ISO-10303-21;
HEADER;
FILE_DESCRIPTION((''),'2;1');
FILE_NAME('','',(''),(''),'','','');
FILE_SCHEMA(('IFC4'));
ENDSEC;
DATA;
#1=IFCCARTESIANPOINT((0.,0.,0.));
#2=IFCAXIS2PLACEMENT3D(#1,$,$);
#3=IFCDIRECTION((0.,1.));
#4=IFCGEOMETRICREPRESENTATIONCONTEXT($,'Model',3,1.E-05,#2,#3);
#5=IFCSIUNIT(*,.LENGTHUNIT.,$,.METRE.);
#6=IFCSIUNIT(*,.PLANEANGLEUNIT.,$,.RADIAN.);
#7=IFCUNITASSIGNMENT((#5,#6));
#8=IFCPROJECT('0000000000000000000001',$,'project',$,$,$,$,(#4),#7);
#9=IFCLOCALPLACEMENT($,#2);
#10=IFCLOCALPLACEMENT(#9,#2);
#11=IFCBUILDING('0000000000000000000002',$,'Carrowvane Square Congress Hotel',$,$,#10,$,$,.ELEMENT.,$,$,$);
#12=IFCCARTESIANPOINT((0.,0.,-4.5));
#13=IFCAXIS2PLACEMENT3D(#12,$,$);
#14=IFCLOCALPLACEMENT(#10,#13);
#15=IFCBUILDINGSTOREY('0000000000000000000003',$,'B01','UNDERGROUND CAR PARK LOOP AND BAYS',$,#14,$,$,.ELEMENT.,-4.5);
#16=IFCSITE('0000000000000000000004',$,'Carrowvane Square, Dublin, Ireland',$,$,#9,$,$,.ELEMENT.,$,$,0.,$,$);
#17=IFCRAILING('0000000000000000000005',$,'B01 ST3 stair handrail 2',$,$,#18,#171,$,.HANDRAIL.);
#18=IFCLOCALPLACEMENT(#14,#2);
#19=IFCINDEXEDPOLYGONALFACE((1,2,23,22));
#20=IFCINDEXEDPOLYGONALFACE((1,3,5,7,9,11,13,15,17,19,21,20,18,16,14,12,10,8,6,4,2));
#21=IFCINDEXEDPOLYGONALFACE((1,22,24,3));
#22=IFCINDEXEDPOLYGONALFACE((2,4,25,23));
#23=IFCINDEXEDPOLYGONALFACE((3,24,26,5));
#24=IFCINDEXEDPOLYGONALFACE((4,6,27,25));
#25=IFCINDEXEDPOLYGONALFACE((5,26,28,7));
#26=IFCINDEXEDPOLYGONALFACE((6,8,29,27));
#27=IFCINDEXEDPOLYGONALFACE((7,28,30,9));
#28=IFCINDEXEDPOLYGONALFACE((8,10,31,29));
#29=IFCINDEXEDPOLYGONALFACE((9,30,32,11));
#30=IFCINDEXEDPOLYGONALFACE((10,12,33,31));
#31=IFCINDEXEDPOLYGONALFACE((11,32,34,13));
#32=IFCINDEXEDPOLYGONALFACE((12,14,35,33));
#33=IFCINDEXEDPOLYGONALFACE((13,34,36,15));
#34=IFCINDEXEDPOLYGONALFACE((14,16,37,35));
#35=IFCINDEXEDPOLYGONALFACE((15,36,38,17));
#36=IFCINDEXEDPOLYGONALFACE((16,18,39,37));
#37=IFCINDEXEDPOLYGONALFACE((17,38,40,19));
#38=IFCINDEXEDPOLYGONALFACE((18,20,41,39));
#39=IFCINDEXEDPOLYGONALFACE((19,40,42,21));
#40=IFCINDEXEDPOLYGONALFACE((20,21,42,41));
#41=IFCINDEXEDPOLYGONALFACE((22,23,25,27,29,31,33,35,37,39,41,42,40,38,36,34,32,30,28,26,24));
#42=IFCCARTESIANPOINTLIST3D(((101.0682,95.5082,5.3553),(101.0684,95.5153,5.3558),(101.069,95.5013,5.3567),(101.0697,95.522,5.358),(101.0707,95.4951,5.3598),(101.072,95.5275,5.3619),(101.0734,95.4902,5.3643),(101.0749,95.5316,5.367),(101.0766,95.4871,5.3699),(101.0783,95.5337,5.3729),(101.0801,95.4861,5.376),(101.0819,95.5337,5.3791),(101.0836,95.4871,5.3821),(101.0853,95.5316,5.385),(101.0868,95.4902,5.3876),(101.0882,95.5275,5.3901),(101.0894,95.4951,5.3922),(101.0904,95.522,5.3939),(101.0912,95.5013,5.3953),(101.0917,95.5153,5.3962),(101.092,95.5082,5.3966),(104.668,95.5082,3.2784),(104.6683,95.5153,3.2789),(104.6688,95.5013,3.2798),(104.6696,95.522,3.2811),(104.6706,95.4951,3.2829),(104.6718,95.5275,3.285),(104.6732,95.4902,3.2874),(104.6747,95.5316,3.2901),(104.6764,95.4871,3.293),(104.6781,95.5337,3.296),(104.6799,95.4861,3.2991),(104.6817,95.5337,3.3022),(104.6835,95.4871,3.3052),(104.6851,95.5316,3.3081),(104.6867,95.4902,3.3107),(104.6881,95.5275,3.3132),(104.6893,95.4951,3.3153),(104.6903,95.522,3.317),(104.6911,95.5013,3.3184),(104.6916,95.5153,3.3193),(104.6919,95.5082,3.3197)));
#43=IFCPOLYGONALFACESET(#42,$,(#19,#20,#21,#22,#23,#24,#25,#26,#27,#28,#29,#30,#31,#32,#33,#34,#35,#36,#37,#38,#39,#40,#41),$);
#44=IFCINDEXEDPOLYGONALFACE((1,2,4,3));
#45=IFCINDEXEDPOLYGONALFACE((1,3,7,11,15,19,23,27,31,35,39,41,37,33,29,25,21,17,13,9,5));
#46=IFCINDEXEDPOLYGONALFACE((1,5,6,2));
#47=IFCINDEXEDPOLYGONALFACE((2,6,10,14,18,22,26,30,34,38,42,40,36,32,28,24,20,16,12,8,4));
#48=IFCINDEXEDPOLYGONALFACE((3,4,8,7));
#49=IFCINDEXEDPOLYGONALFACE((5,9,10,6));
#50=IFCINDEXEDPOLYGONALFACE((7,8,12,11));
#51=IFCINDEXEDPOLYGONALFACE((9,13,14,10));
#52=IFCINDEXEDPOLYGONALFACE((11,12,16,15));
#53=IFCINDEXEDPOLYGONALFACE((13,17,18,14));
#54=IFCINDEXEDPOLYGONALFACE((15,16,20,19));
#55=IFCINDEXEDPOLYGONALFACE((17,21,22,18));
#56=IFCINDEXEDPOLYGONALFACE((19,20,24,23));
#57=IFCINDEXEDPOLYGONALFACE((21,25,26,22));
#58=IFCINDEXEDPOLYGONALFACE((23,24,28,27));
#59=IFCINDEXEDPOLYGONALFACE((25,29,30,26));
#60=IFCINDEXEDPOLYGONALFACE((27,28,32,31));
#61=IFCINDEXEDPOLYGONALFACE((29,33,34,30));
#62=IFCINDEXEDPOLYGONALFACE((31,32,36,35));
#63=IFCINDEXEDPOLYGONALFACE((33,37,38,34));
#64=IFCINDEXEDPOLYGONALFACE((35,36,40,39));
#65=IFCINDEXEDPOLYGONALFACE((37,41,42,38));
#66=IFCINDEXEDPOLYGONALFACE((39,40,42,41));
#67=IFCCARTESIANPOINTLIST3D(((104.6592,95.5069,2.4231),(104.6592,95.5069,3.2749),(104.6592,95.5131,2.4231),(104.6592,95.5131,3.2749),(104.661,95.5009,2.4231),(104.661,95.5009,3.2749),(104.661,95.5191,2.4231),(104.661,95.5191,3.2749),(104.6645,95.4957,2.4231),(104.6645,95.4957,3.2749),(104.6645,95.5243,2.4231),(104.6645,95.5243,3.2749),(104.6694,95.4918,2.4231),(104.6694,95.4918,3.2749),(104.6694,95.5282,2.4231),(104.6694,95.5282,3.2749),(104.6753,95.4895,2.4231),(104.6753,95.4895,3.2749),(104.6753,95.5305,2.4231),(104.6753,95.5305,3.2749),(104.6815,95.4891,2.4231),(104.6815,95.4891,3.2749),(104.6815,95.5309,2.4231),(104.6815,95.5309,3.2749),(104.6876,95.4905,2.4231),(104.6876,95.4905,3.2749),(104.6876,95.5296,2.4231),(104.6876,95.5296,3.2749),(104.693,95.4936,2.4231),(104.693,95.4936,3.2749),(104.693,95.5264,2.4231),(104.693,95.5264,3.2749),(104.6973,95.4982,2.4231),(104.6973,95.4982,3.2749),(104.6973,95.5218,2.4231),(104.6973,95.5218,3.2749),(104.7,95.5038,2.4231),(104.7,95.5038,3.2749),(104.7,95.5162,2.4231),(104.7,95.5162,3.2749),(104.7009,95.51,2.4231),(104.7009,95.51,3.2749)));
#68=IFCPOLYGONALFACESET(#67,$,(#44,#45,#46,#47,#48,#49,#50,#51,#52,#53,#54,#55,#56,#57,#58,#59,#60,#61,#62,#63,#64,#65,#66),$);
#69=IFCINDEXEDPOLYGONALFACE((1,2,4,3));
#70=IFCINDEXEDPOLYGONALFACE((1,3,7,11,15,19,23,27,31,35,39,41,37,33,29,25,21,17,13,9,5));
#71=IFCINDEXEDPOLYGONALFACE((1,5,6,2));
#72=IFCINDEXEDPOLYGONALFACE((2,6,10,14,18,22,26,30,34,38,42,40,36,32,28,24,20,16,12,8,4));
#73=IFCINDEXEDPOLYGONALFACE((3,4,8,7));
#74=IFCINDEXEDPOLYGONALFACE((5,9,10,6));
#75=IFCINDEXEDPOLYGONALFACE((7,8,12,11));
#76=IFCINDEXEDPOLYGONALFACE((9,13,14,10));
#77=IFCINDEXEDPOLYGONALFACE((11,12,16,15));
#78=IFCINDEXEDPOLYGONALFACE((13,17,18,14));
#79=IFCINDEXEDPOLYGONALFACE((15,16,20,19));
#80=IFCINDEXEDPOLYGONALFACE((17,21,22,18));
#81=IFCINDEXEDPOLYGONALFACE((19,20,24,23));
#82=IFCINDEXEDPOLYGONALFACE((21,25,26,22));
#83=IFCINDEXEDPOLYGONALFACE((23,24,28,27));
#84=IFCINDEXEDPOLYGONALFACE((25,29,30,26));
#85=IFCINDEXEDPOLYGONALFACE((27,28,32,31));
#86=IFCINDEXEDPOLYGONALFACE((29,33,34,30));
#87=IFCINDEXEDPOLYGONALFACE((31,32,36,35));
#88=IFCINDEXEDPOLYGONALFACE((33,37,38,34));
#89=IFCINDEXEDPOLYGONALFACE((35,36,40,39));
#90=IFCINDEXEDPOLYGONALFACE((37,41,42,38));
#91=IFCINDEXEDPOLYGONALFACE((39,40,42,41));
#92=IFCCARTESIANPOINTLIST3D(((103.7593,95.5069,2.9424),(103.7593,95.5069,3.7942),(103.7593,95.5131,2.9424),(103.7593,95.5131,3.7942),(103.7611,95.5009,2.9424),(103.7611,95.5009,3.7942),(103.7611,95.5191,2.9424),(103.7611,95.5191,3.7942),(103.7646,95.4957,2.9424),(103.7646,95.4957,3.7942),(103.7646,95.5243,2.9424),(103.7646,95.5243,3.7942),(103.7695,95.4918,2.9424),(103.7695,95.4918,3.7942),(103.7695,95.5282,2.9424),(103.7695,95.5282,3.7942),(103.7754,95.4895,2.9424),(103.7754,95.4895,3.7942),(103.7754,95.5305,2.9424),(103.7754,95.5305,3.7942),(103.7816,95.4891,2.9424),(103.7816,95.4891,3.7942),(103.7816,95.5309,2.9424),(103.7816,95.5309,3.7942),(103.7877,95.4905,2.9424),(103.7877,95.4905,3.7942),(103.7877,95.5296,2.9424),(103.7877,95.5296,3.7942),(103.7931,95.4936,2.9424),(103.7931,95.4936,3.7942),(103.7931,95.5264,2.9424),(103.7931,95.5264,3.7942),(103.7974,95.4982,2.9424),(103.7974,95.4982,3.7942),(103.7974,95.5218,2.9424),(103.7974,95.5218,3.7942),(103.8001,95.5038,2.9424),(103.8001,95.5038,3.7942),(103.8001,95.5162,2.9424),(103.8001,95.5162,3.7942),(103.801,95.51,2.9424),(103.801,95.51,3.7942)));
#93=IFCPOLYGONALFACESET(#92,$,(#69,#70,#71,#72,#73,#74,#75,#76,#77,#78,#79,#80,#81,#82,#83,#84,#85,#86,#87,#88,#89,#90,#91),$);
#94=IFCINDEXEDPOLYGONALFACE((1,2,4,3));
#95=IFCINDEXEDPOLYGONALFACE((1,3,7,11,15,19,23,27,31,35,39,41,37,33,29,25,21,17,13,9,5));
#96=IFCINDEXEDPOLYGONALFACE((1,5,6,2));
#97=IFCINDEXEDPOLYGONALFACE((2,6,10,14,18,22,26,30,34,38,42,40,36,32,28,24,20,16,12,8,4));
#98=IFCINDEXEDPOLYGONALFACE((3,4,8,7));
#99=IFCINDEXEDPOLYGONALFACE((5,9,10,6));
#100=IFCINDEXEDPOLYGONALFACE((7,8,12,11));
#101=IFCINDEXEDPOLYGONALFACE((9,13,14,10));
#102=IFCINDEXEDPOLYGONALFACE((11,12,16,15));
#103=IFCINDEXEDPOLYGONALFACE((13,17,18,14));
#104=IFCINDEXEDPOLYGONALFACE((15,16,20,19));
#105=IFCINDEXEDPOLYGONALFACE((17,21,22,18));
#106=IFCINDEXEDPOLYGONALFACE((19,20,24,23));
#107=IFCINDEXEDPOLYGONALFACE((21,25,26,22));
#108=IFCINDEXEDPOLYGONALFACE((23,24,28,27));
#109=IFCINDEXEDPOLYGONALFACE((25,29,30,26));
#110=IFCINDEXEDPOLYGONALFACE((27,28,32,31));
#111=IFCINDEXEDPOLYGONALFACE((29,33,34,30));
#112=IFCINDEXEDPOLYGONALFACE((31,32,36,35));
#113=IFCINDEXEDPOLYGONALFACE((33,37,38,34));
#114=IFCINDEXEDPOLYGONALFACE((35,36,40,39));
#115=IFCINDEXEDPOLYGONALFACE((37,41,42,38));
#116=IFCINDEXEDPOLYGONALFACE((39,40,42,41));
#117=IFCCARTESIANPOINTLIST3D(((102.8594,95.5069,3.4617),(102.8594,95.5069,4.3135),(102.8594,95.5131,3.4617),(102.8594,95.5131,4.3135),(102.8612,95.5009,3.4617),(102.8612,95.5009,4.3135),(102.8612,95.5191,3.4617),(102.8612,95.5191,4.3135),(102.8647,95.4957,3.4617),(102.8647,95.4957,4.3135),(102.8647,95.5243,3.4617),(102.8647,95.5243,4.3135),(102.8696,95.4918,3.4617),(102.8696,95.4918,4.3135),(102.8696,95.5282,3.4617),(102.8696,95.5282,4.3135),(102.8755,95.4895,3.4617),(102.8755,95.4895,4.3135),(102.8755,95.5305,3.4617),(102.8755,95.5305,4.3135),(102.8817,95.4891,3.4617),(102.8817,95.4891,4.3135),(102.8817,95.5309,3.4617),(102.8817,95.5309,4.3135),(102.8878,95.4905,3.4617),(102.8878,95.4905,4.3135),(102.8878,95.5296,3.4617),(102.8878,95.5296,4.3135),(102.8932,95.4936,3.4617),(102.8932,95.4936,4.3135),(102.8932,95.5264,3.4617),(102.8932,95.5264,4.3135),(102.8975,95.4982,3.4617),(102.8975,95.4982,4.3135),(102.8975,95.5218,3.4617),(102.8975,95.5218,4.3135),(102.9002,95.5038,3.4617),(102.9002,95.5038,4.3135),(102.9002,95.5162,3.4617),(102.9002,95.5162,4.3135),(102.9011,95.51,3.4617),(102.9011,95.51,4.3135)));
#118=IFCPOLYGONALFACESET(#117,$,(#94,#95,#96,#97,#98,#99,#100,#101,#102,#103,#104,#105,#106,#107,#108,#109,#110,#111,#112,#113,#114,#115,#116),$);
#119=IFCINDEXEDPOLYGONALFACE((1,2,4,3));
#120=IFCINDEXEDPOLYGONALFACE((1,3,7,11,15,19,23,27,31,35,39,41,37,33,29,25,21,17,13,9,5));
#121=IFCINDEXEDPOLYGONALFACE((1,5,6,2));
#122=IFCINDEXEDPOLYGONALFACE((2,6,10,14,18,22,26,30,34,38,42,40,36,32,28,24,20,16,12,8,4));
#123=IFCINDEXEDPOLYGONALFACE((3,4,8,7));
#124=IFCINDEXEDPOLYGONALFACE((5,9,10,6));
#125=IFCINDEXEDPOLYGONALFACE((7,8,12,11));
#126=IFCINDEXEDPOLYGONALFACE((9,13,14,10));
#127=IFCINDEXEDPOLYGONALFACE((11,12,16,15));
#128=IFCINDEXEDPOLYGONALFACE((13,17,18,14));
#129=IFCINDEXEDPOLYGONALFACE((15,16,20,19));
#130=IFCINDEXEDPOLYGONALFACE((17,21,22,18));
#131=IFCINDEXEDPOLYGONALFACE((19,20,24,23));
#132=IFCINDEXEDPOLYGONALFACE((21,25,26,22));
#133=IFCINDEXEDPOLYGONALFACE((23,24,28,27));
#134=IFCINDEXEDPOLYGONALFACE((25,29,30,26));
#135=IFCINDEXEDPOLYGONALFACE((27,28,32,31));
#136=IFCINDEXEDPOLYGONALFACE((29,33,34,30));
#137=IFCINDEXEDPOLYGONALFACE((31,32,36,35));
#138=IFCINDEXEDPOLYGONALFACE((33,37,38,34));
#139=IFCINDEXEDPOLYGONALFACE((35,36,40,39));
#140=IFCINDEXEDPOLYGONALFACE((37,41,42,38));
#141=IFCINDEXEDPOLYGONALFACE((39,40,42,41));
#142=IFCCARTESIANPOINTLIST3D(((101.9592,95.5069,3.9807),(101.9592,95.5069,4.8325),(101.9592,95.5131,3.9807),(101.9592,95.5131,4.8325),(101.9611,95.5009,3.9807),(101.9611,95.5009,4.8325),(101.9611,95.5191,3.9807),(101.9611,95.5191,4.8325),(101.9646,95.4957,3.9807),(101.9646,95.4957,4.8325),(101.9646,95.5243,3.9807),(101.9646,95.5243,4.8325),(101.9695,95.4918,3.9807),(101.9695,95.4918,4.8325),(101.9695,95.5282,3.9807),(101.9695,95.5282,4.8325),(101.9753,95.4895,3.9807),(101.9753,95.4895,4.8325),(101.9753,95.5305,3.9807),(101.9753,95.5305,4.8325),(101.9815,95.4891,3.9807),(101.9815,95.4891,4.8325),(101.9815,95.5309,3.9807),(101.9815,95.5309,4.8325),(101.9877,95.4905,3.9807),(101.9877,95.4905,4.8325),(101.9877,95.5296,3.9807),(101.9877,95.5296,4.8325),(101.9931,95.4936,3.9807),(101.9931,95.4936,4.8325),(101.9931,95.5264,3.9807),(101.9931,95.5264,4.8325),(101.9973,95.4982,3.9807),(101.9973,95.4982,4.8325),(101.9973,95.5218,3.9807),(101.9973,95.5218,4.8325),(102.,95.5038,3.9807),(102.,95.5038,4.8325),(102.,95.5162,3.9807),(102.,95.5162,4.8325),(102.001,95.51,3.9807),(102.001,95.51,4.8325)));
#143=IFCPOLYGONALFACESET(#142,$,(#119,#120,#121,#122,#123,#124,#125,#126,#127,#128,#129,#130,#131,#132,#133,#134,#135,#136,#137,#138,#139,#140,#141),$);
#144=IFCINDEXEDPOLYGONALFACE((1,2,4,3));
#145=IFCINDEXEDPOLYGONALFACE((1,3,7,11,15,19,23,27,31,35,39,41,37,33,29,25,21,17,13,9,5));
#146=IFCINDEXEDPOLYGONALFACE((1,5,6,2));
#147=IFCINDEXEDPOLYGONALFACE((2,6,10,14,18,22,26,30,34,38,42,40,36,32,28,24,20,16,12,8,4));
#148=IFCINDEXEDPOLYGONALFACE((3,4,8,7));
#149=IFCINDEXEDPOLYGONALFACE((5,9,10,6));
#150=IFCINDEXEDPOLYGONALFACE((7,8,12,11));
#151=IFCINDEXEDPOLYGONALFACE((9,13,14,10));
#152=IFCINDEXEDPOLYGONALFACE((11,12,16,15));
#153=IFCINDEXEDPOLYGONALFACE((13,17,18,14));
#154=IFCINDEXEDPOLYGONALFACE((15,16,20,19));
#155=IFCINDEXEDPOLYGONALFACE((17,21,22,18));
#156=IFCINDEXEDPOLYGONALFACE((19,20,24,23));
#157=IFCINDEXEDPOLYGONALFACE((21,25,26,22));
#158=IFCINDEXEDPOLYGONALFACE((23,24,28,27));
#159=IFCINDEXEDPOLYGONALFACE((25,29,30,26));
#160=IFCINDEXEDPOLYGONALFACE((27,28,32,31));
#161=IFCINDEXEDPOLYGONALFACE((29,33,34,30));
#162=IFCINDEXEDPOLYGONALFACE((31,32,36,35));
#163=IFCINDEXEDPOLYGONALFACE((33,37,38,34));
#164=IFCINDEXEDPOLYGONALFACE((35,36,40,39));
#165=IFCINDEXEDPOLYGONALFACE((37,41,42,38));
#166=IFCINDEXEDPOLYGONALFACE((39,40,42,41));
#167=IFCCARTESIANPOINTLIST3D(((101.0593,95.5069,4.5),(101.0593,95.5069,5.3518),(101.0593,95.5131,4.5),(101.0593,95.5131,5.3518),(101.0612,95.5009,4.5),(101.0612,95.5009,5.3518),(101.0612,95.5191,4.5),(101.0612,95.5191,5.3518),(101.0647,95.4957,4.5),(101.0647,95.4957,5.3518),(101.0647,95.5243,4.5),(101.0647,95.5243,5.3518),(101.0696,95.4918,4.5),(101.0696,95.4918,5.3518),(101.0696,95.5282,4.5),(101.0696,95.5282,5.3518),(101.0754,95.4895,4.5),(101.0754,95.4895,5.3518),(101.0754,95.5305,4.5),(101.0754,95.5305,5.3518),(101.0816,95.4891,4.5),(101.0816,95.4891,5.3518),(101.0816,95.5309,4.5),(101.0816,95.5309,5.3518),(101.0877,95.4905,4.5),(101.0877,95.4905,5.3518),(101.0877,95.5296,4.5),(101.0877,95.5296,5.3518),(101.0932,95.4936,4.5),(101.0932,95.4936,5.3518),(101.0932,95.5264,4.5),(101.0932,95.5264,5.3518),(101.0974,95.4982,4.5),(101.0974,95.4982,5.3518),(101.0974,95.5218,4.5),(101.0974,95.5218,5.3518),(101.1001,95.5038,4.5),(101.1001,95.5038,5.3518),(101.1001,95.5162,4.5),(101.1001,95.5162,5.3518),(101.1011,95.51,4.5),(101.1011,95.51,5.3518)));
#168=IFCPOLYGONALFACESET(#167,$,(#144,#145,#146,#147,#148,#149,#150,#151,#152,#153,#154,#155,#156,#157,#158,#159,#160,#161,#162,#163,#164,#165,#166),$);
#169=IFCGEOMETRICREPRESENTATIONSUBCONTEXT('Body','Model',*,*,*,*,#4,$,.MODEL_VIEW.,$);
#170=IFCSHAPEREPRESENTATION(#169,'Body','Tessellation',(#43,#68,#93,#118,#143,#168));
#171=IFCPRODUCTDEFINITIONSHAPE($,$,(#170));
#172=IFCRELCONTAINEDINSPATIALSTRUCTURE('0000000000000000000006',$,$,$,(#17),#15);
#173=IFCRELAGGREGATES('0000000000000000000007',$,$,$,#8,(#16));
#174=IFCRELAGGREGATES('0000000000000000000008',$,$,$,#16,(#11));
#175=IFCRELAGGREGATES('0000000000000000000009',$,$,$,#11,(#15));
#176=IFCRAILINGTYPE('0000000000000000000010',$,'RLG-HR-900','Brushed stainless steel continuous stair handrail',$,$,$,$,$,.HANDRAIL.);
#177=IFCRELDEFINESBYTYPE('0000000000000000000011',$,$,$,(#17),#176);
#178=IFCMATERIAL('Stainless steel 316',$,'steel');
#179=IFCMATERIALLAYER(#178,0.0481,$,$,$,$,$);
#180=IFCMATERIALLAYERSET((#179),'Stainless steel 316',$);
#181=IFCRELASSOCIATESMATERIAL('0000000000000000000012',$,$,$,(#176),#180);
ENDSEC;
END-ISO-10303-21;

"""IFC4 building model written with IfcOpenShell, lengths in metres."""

from ifc_helpers import new_model, si_unit, direction, frame, origin, origin_2d, place, context, subcontext, project, spatial, circle, extrude, material, layer, layer_set, type_object, element, save


model = new_model("IFC4")

# Units and contexts
model_context = context("Model", 3, precision=1e-05, world=origin(), true_north=direction((0.0, 1.0)))
body_context = subcontext(model_context, "Body", "Model", "MODEL_VIEW")
ifc_project = project(units=[si_unit("LENGTHUNIT", "METRE"), si_unit("PLANEANGLEUNIT", "RADIAN")], contexts=[model_context])

# Site, building, storey
site_placement = place(None, origin())
site = spatial("IfcSite", under=ifc_project, at=site_placement, Name="Carrowvane Square, Dublin, Ireland", CompositionType="ELEMENT", RefElevation=0.0)
building_placement = place(site_placement, origin())
building = spatial("IfcBuilding", under=site, at=building_placement, Name="Carrowvane Square Congress Hotel", CompositionType="ELEMENT")
storey_placement = place(building_placement, frame((0.0, 0.0, -4.5)))
storey = spatial("IfcBuildingStorey", under=building, at=storey_placement, Name="B01", Description="UNDERGROUND CAR PARK LOOP AND BAYS", CompositionType="ELEMENT", Elevation=-4.5)

# Railing
ifc_material_1 = material(Name="Stainless steel 316", Category="steel")
ifc_layer_1 = layer(ifc_material_1, 0.0481)
ifc_layer_set_1 = layer_set([ifc_layer_1], Name="Stainless steel 316")
railing_type_1 = type_object("IfcRailingType", Name="RLG-HR-900", Description="Brushed stainless steel continuous stair handrail", PredefinedType="HANDRAIL", material=ifc_layer_set_1)
railing_1_placement = place(storey_placement, frame((104.6799, 95.51, 2.4231)))
element("IfcRailing", 1, at=railing_1_placement, inside=storey, type_object=railing_type_1, Name="B01 ST3 stair handrail 2", PredefinedType="HANDRAIL", context=body_context, shape_type="SweptSolid", body=[
    extrude(circle(Radius=0.0239, at=origin_2d()), frame((0.0, 0.0, 0.876), z_axis=(-0.866179, 0.0, 0.499734), x_axis=(0.0, -1.0, 0.0)), (0.0, 0.0, 1.0), 4.156),
    extrude(circle(Radius=0.021, at=origin_2d()), origin(), (0.0, 0.0, 1.0), 0.8518),
    extrude(circle(Radius=0.021, at=origin_2d()), frame((-0.8999, 0.0, 0.5193)), (0.0, 0.0, 1.0), 0.8518),
    extrude(circle(Radius=0.021, at=origin_2d()), frame((-1.7998, 0.0, 1.0386)), (0.0, 0.0, 1.0), 0.8518),
    extrude(circle(Radius=0.021, at=origin_2d()), frame((-2.7, 0.0, 1.5576)), (0.0, 0.0, 1.0), 0.8518),
    extrude(circle(Radius=0.021, at=origin_2d()), frame((-3.5999, 0.0, 2.0769)), (0.0, 0.0, 1.0), 0.8518),
])

save(model, "model.ifc")
